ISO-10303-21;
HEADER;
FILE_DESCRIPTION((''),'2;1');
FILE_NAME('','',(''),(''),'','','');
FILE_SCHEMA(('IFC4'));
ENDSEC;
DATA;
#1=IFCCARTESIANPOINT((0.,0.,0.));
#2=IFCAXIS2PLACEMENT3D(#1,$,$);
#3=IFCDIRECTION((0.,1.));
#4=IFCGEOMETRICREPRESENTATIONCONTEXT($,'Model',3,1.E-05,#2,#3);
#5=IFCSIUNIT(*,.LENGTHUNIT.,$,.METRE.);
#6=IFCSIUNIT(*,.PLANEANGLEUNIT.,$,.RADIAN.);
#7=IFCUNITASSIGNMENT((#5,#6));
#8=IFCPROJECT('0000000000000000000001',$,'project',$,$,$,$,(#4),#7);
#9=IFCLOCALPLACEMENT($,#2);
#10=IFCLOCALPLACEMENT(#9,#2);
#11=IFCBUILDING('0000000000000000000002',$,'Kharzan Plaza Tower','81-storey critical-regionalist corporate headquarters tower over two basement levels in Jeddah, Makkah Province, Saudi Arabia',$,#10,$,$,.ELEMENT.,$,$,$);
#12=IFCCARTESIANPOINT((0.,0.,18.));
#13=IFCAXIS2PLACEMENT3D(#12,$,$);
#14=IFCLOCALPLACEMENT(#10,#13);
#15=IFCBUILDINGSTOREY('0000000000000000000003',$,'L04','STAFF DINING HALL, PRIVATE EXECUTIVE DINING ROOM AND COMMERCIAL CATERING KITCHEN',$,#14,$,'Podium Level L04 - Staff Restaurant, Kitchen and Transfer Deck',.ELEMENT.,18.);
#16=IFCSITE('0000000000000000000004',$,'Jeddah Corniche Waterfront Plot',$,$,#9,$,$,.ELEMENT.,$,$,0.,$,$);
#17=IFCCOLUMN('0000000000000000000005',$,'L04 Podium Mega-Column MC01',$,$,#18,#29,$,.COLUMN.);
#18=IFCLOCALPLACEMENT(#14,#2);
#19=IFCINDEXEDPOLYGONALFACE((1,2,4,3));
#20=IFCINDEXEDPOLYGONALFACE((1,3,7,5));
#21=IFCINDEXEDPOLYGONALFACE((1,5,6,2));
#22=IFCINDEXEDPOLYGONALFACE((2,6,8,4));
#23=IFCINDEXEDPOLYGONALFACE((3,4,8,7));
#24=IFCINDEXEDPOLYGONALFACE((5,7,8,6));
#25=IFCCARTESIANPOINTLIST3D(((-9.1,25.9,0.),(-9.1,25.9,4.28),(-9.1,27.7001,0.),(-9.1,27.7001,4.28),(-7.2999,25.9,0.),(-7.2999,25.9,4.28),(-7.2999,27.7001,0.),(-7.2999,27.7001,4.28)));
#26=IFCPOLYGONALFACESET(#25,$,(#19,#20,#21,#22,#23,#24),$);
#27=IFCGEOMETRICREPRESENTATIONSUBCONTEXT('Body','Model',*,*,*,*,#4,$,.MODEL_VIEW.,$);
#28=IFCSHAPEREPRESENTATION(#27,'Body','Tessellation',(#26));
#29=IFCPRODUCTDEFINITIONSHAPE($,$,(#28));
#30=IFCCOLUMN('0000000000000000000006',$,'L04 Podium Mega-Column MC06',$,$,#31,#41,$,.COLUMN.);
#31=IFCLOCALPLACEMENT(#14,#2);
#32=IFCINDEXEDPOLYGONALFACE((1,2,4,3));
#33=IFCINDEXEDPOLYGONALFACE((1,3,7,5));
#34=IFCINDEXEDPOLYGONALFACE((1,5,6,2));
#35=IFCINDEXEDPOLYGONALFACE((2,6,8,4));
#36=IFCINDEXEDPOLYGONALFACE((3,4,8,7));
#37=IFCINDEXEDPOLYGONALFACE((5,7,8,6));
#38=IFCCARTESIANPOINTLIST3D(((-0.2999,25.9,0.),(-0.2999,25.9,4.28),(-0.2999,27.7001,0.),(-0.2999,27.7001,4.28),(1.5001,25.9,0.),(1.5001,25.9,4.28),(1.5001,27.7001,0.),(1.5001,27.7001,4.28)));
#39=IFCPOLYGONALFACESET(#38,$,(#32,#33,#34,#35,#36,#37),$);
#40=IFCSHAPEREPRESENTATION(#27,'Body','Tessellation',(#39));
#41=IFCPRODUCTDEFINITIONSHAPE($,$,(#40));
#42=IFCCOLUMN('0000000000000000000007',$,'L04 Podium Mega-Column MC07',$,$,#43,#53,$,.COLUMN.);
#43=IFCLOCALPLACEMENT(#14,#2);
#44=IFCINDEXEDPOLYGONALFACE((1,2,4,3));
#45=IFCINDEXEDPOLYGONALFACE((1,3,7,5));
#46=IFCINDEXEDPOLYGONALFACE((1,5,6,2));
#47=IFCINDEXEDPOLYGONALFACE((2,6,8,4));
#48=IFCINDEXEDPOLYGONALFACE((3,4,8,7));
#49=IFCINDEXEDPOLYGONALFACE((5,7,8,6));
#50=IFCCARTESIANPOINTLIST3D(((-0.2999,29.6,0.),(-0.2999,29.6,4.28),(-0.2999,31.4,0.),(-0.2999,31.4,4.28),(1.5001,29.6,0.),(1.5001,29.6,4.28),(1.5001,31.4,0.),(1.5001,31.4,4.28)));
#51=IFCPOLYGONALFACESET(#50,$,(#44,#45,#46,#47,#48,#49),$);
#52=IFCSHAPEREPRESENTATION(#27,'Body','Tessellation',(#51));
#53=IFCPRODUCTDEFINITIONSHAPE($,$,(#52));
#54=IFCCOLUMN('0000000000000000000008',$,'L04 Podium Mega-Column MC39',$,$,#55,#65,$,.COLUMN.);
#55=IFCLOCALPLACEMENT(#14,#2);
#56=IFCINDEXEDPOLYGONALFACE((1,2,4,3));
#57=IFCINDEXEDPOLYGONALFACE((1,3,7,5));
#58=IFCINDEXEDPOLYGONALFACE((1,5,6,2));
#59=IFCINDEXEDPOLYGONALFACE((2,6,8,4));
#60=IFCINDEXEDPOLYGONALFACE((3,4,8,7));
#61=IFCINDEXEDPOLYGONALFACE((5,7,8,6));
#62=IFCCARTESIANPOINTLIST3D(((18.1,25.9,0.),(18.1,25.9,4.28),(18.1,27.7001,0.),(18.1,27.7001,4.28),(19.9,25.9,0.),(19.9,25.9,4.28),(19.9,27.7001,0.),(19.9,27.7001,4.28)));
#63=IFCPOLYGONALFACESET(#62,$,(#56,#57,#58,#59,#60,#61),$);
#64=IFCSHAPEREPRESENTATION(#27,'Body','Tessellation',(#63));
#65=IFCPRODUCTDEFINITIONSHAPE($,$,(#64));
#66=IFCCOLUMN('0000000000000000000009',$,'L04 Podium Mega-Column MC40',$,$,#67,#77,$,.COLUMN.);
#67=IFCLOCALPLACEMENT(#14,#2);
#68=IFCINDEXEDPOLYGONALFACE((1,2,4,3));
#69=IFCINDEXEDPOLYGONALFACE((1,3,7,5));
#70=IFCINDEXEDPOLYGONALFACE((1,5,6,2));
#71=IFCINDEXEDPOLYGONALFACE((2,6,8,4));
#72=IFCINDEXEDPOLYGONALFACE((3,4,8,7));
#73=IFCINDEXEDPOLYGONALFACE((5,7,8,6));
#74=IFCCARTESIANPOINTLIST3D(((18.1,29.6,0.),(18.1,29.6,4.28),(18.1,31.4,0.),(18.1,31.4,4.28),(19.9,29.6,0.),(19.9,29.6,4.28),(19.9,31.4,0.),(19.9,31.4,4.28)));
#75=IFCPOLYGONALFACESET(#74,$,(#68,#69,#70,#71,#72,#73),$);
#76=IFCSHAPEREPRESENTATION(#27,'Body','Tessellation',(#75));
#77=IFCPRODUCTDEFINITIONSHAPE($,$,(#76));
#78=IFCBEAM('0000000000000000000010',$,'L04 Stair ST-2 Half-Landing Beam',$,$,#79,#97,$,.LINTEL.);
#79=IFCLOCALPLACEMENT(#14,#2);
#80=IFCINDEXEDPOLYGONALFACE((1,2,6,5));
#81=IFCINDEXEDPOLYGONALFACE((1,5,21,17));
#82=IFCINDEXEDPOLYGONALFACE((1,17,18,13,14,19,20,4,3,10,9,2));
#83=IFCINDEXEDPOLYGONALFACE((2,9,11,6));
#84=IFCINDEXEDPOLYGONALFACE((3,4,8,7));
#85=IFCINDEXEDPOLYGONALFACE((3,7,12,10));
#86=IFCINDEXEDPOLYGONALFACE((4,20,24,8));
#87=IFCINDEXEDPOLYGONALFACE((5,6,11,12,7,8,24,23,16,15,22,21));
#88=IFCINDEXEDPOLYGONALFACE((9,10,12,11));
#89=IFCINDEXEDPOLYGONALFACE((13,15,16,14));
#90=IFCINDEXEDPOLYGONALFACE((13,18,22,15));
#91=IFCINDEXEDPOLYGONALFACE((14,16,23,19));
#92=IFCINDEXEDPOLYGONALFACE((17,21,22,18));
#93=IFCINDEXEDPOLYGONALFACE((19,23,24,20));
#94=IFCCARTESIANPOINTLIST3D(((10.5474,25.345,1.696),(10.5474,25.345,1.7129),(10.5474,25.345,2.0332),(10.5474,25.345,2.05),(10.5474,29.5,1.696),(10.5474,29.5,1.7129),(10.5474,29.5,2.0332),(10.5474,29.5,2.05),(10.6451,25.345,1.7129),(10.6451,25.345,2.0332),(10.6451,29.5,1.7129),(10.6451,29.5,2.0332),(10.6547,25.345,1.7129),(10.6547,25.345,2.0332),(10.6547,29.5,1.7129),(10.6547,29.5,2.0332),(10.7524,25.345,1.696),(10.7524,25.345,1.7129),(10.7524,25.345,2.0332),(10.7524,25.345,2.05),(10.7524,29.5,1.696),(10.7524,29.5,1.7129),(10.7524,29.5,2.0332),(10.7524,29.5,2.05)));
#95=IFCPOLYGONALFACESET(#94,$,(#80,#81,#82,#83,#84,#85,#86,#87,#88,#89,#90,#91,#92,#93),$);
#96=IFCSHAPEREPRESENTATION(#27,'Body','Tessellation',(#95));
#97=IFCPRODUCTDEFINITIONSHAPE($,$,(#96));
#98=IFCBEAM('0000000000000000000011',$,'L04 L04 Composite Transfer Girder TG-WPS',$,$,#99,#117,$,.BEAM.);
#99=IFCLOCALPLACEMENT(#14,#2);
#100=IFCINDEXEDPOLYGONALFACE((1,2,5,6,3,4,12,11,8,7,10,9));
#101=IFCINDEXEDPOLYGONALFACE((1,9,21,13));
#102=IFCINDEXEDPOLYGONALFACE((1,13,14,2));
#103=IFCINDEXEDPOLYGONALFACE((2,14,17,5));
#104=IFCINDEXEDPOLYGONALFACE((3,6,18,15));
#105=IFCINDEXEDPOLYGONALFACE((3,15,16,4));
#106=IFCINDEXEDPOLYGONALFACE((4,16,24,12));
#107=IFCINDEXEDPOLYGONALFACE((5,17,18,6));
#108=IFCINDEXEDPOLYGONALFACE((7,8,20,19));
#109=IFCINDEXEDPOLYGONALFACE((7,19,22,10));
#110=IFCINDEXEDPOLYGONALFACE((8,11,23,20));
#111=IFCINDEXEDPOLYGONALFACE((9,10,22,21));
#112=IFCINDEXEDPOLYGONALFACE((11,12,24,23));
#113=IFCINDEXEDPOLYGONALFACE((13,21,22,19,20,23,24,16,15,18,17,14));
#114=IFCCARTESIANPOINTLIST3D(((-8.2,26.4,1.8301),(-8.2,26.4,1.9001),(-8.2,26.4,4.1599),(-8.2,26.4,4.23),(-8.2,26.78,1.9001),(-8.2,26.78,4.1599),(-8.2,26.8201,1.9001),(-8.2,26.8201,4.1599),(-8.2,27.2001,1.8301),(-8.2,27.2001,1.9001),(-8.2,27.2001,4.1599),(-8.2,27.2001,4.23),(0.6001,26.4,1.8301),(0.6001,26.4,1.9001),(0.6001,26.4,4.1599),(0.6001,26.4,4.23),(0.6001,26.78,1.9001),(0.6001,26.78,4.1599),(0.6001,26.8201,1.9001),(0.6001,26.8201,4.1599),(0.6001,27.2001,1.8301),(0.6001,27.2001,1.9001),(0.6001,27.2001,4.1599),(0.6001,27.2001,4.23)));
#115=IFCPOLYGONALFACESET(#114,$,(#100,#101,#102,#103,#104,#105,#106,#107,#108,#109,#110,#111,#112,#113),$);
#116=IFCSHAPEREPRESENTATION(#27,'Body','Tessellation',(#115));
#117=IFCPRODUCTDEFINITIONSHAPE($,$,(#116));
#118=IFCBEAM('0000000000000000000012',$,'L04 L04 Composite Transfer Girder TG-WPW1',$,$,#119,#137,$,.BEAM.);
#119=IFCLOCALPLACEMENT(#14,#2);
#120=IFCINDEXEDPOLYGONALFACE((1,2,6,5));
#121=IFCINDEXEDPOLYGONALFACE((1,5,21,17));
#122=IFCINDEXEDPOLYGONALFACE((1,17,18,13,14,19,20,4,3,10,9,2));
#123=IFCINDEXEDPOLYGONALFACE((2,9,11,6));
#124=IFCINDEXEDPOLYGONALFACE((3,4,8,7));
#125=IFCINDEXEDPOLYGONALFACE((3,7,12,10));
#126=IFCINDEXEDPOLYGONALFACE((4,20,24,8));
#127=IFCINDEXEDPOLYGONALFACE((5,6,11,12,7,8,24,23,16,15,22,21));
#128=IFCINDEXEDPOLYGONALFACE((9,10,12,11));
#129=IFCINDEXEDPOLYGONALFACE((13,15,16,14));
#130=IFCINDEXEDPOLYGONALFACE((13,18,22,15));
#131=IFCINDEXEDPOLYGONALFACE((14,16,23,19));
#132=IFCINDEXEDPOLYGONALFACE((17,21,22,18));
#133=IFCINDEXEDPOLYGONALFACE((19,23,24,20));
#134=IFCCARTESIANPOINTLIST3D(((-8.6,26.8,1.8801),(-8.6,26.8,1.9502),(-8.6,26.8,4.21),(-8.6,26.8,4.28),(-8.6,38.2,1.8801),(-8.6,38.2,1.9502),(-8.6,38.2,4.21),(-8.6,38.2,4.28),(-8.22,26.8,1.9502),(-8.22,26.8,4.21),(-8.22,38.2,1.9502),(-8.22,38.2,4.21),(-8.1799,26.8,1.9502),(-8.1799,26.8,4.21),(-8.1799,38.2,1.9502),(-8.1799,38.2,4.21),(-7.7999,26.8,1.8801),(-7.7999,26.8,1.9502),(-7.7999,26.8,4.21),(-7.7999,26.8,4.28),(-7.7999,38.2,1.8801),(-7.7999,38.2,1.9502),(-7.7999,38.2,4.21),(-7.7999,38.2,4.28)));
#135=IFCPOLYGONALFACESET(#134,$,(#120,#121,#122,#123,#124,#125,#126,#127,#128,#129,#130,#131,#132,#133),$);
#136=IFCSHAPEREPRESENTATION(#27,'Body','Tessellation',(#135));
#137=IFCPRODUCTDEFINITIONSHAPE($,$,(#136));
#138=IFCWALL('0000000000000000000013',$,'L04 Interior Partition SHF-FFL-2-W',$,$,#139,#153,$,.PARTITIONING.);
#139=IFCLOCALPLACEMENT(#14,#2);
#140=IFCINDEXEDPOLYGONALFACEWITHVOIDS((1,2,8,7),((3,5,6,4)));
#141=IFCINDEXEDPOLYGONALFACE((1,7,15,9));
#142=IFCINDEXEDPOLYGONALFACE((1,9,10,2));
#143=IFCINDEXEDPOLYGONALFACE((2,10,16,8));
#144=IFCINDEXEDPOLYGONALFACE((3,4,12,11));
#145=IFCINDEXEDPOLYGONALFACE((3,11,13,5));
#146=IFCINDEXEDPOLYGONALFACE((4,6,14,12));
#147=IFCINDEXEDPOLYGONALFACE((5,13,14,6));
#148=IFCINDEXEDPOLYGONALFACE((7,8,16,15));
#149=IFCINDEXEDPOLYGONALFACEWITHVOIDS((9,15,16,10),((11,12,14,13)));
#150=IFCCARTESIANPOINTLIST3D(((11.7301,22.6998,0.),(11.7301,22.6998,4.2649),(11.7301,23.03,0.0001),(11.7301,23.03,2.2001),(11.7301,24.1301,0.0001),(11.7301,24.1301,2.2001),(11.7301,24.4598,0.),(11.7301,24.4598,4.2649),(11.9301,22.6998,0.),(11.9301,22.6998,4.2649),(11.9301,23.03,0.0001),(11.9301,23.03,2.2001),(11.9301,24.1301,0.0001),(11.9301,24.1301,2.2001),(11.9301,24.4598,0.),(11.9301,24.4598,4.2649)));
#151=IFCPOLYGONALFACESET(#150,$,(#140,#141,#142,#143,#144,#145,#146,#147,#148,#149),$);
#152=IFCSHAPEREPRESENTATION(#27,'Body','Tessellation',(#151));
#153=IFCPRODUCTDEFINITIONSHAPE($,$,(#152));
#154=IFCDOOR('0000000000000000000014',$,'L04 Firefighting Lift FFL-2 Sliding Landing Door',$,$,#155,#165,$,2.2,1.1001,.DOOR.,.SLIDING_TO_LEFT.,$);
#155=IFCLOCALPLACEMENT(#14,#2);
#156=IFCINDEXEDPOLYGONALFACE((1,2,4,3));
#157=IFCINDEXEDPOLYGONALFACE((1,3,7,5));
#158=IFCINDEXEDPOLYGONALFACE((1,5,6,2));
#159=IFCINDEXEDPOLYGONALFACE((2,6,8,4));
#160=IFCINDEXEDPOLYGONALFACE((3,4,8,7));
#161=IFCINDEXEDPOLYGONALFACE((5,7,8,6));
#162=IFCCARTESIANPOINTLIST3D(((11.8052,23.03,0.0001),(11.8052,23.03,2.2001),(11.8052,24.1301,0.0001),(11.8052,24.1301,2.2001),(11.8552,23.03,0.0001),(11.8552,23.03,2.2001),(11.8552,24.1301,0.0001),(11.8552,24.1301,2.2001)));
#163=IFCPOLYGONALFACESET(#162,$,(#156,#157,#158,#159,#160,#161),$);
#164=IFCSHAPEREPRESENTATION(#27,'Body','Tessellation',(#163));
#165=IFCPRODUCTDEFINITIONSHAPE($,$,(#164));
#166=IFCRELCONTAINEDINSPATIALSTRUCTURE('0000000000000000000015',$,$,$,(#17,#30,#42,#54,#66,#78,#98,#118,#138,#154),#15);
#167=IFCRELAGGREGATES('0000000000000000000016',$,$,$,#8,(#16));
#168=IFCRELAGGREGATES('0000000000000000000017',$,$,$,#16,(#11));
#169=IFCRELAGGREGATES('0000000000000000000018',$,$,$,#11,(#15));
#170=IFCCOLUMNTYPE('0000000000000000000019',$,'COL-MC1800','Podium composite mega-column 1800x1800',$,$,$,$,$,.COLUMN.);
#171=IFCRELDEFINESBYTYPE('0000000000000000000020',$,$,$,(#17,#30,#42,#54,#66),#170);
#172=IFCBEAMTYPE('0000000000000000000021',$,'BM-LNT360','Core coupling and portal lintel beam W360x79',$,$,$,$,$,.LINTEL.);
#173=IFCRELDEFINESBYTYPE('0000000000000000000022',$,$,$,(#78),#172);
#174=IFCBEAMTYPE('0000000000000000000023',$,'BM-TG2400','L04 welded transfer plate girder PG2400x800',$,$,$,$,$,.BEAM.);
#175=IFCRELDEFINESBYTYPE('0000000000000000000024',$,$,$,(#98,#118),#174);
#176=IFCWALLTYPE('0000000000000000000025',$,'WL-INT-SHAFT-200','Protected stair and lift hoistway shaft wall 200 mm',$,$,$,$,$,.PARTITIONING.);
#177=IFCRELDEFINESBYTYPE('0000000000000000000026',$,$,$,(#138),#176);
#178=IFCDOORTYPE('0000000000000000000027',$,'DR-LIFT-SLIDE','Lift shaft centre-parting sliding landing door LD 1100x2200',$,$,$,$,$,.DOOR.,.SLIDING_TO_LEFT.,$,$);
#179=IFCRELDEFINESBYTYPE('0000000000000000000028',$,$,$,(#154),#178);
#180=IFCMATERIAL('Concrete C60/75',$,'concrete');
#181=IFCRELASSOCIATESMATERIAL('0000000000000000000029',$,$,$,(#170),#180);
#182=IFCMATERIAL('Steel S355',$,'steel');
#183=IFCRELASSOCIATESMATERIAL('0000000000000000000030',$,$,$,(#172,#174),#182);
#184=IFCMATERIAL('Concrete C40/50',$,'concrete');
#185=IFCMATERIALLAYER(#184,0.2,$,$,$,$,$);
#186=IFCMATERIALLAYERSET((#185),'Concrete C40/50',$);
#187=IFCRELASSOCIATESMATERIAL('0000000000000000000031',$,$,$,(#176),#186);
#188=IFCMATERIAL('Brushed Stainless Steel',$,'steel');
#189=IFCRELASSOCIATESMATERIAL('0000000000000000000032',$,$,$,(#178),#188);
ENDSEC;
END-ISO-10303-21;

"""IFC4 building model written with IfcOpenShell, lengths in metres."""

from ifc_helpers import new_model, si_unit, direction, frame, frame_2d, origin, origin_2d, place, context, subcontext, project, spatial, rectangle, i_section, extrude, source, transform, mapped, material, layer, layer_set, material_profile, profile_set, type_object, element, fill, save


model = new_model("IFC4")

# Units and contexts
model_context = context("Model", 3, precision=1e-05, world=origin(), true_north=direction((0.0, 1.0)))
body_context = subcontext(model_context, "Body", "Model", "MODEL_VIEW")
ifc_project = project(units=[si_unit("LENGTHUNIT", "METRE"), si_unit("PLANEANGLEUNIT", "RADIAN")], contexts=[model_context])

# Site, building, storey
site_placement = place(None, origin())
site = spatial("IfcSite", under=ifc_project, at=site_placement, Name="Jeddah Corniche Waterfront Plot", CompositionType="ELEMENT", RefElevation=0.0)
building_placement = place(site_placement, origin())
building = spatial("IfcBuilding", under=site, at=building_placement, Name="Kharzan Plaza Tower", Description="81-storey critical-regionalist corporate headquarters tower over two basement levels in Jeddah, Makkah Province, Saudi Arabia", CompositionType="ELEMENT")
storey_placement = place(building_placement, frame((0.0, 0.0, 18.0)))
storey = spatial("IfcBuildingStorey", under=building, at=storey_placement, Name="L04", Description="STAFF DINING HALL, PRIVATE EXECUTIVE DINING ROOM AND COMMERCIAL CATERING KITCHEN", LongName="Podium Level L04 - Staff Restaurant, Kitchen and Transfer Deck", CompositionType="ELEMENT", Elevation=18.0)

# Columns
ifc_material_1 = material(Name="Concrete C60/75", Category="concrete")
ifc_material_profile_1 = material_profile(ifc_material_1, rectangle(XDim=1.8, YDim=1.8, at=origin_2d()), Name="RC-MC1800x1800")
ifc_profile_set_1 = profile_set([ifc_material_profile_1], Name="Concrete C60/75")
column_type = type_object("IfcColumnType", Name="COL-MC1800", Description="Podium composite mega-column 1800x1800", PredefinedType="COLUMN", material=ifc_profile_set_1)
shared_shape_1 = source(origin(), body_context, "Body", "SweptSolid", [
    extrude(rectangle(XDim=1.8, YDim=1.8, at=origin_2d()), origin(), (0.0, 0.0, 1.0), 4.28),
])
for number, where, z_axis, x_axis, name in (
    (1, (-8.2, 26.8, 0.0), (0.0, 0.0, 1.0), (1.0, 0.0, 0.0), "L04 Podium Mega-Column MC01"),
    (2, (0.6001, 26.8, 0.0), (0.0, 0.0, 1.0), (1.0, 0.0, 0.0), "L04 Podium Mega-Column MC06"),
    (3, (0.6001, 30.5, 0.0), (0.0, 0.0, 1.0), (1.0, 0.0, 0.0), "L04 Podium Mega-Column MC07"),
    (4, (19.0, 26.8, 0.0), (0.0, 0.0, 1.0), (1.0, 0.0, 0.0), "L04 Podium Mega-Column MC39"),
    (5, (19.0, 30.5, 0.0), (0.0, 0.0, 1.0), (1.0, 0.0, 0.0), "L04 Podium Mega-Column MC40"),
):
    element("IfcColumn", number, at=place(storey_placement, frame(where, z_axis=z_axis, x_axis=x_axis)), inside=storey, type_object=column_type, Name=name, PredefinedType="COLUMN", context=body_context, shape_type="MappedRepresentation", body=[
        mapped(shared_shape_1, transform((0.0, 0.0, 0.0), x_axis=(1.0, 0.0, 0.0), y_axis=(0.0, 1.0, 0.0), z_axis=(0.0, 0.0, 1.0))),
    ])

# Beams
ifc_material_2 = material(Name="Steel S355", Category="steel")
ifc_material_profile_2 = material_profile(ifc_material_2, i_section(OverallWidth=0.2051, OverallDepth=0.354, WebThickness=0.0095, FlangeThickness=0.0168, at=origin_2d()), Name="W360x79")
ifc_profile_set_2 = profile_set([ifc_material_profile_2], Name="Steel S355")
beam_type_1 = type_object("IfcBeamType", Name="BM-LNT360", Description="Core coupling and portal lintel beam W360x79", PredefinedType="LINTEL", material=ifc_profile_set_2)
shared_shape_2 = source(origin(), body_context, "Body", "SweptSolid", [
    extrude(i_section(OverallWidth=0.2051, OverallDepth=0.354, WebThickness=0.0095, FlangeThickness=0.0168, at=origin_2d()), origin(), (0.0, 0.0, 1.0), 4.155),
])
beam_1_placement = place(storey_placement, frame((10.6499, 25.345, 1.873), z_axis=(0.0, 1.0, 0.0), x_axis=(-1.0, 0.0, 0.0)))
element("IfcBeam", 6, at=beam_1_placement, inside=storey, type_object=beam_type_1, Name="L04 Stair ST-2 Half-Landing Beam", PredefinedType="LINTEL", context=body_context, shape_type="MappedRepresentation", body=[
    mapped(shared_shape_2, transform((0.0, 0.0, 0.0), x_axis=(1.0, 0.0, 0.0), y_axis=(0.0, 1.0, 0.0), z_axis=(0.0, 0.0, 1.0))),
])
ifc_material_profile_3 = material_profile(ifc_material_2, i_section(OverallWidth=0.8, OverallDepth=2.3999, WebThickness=0.04, FlangeThickness=0.0701, at=origin_2d()), Name="PG2400x800")
ifc_profile_set_3 = profile_set([ifc_material_profile_3], Name="Steel S355")
beam_type_2 = type_object("IfcBeamType", Name="BM-TG2400", Description="L04 welded transfer plate girder PG2400x800", PredefinedType="BEAM", material=ifc_profile_set_3)
shared_shape_3 = source(origin(), body_context, "Body", "SweptSolid", [
    extrude(i_section(OverallWidth=0.8, OverallDepth=2.3999, WebThickness=0.04, FlangeThickness=0.0701, at=origin_2d()), origin(), (0.0, 0.0, 1.0), 8.8),
])
beam_2_placement = place(storey_placement, frame((-8.2, 26.8, 3.03), z_axis=(1.0, 0.0, 0.0), x_axis=(0.0, 1.0, 0.0)))
element("IfcBeam", 7, at=beam_2_placement, inside=storey, type_object=beam_type_2, Name="L04 L04 Composite Transfer Girder TG-WPS", PredefinedType="BEAM", context=body_context, shape_type="MappedRepresentation", body=[
    mapped(shared_shape_3, transform((0.0, 0.0, 0.0), x_axis=(1.0, 0.0, 0.0), y_axis=(0.0, 1.0, 0.0), z_axis=(0.0, 0.0, 1.0))),
])
shared_shape_4 = source(origin(), body_context, "Body", "SweptSolid", [
    extrude(i_section(OverallWidth=0.8, OverallDepth=2.3999, WebThickness=0.04, FlangeThickness=0.0701, at=origin_2d()), origin(), (0.0, 0.0, 1.0), 11.3999),
])
beam_3_placement = place(storey_placement, frame((-8.2, 26.8, 3.0801), z_axis=(0.0, 1.0, 0.0), x_axis=(-1.0, 0.0, 0.0)))
element("IfcBeam", 8, at=beam_3_placement, inside=storey, type_object=beam_type_2, Name="L04 L04 Composite Transfer Girder TG-WPW1", PredefinedType="BEAM", context=body_context, shape_type="MappedRepresentation", body=[
    mapped(shared_shape_4, transform((0.0, 0.0, 0.0), x_axis=(1.0, 0.0, 0.0), y_axis=(0.0, 1.0, 0.0), z_axis=(0.0, 0.0, 1.0))),
])

# Wall, opening, door
ifc_material_3 = material(Name="Concrete C40/50", Category="concrete")
ifc_layer_1 = layer(ifc_material_3, 0.2)
ifc_layer_set_1 = layer_set([ifc_layer_1], Name="Concrete C40/50")
wall_type_1 = type_object("IfcWallType", Name="WL-INT-SHAFT-200", Description="Protected stair and lift hoistway shaft wall 200 mm", PredefinedType="PARTITIONING", material=ifc_layer_set_1)
wall_1_placement = place(storey_placement, frame((11.8301, 22.7, 0.0), z_axis=(0.0, 0.0, 1.0), x_axis=(0.0, 1.0, 0.0)))
wall_1 = element("IfcWall", 9, at=wall_1_placement, inside=storey, type_object=wall_type_1, Name="L04 Interior Partition SHF-FFL-2-W", PredefinedType="PARTITIONING", context=body_context, shape_type="SweptSolid", body=[
    extrude(rectangle(XDim=1.76, YDim=0.2, at=frame_2d((0.8799, 0.0))), origin(), (0.0, 0.0, 1.0), 4.2649),
])
opening_1_placement = place(wall_1_placement, frame((0.3301, 0.0, 0.0)))
opening_1 = element("IfcOpeningElement", 10, at=opening_1_placement, cuts=wall_1, PredefinedType="OPENING", context=body_context, shape_type="SweptSolid", body=[
    extrude(rectangle(XDim=1.1001, YDim=2.2, at=frame_2d((0.55, 1.1001))), frame((0.0, 0.1099, 0.0), z_axis=(0.0, -1.0, 0.0), x_axis=(1.0, 0.0, 0.0)), (0.0, 0.0, 1.0), 0.22),
])
ifc_material_4 = material(Name="Brushed Stainless Steel", Category="steel")
door_type_1 = type_object("IfcDoorType", Name="DR-LIFT-SLIDE", Description="Lift shaft centre-parting sliding landing door LD 1100x2200", OperationType="SLIDING_TO_LEFT", PredefinedType="DOOR", material=ifc_material_4)
shared_shape_5 = source(origin(), body_context, "Body", "SweptSolid", [
    extrude(rectangle(XDim=1.1001, YDim=2.2, at=frame_2d((0.55, 1.1001))), frame((0.0, 0.0249, 0.0), z_axis=(0.0, -1.0, 0.0), x_axis=(1.0, 0.0, 0.0)), (0.0, 0.0, 1.0), 0.05),
])
door_1_placement = place(opening_1_placement, origin())
door_1 = element("IfcDoor", 11, at=door_1_placement, inside=storey, type_object=door_type_1, Name="L04 Firefighting Lift FFL-2 Sliding Landing Door", OperationType="SLIDING_TO_LEFT", OverallHeight=2.2, OverallWidth=1.1001, PredefinedType="DOOR", context=body_context, shape_type="MappedRepresentation", body=[
    mapped(shared_shape_5, transform((0.0, 0.0, 0.0), x_axis=(1.0, 0.0, 0.0), y_axis=(0.0, 1.0, 0.0), z_axis=(0.0, 0.0, 1.0))),
])
fill(opening_1, door_1)

save(model, "model.ifc")
